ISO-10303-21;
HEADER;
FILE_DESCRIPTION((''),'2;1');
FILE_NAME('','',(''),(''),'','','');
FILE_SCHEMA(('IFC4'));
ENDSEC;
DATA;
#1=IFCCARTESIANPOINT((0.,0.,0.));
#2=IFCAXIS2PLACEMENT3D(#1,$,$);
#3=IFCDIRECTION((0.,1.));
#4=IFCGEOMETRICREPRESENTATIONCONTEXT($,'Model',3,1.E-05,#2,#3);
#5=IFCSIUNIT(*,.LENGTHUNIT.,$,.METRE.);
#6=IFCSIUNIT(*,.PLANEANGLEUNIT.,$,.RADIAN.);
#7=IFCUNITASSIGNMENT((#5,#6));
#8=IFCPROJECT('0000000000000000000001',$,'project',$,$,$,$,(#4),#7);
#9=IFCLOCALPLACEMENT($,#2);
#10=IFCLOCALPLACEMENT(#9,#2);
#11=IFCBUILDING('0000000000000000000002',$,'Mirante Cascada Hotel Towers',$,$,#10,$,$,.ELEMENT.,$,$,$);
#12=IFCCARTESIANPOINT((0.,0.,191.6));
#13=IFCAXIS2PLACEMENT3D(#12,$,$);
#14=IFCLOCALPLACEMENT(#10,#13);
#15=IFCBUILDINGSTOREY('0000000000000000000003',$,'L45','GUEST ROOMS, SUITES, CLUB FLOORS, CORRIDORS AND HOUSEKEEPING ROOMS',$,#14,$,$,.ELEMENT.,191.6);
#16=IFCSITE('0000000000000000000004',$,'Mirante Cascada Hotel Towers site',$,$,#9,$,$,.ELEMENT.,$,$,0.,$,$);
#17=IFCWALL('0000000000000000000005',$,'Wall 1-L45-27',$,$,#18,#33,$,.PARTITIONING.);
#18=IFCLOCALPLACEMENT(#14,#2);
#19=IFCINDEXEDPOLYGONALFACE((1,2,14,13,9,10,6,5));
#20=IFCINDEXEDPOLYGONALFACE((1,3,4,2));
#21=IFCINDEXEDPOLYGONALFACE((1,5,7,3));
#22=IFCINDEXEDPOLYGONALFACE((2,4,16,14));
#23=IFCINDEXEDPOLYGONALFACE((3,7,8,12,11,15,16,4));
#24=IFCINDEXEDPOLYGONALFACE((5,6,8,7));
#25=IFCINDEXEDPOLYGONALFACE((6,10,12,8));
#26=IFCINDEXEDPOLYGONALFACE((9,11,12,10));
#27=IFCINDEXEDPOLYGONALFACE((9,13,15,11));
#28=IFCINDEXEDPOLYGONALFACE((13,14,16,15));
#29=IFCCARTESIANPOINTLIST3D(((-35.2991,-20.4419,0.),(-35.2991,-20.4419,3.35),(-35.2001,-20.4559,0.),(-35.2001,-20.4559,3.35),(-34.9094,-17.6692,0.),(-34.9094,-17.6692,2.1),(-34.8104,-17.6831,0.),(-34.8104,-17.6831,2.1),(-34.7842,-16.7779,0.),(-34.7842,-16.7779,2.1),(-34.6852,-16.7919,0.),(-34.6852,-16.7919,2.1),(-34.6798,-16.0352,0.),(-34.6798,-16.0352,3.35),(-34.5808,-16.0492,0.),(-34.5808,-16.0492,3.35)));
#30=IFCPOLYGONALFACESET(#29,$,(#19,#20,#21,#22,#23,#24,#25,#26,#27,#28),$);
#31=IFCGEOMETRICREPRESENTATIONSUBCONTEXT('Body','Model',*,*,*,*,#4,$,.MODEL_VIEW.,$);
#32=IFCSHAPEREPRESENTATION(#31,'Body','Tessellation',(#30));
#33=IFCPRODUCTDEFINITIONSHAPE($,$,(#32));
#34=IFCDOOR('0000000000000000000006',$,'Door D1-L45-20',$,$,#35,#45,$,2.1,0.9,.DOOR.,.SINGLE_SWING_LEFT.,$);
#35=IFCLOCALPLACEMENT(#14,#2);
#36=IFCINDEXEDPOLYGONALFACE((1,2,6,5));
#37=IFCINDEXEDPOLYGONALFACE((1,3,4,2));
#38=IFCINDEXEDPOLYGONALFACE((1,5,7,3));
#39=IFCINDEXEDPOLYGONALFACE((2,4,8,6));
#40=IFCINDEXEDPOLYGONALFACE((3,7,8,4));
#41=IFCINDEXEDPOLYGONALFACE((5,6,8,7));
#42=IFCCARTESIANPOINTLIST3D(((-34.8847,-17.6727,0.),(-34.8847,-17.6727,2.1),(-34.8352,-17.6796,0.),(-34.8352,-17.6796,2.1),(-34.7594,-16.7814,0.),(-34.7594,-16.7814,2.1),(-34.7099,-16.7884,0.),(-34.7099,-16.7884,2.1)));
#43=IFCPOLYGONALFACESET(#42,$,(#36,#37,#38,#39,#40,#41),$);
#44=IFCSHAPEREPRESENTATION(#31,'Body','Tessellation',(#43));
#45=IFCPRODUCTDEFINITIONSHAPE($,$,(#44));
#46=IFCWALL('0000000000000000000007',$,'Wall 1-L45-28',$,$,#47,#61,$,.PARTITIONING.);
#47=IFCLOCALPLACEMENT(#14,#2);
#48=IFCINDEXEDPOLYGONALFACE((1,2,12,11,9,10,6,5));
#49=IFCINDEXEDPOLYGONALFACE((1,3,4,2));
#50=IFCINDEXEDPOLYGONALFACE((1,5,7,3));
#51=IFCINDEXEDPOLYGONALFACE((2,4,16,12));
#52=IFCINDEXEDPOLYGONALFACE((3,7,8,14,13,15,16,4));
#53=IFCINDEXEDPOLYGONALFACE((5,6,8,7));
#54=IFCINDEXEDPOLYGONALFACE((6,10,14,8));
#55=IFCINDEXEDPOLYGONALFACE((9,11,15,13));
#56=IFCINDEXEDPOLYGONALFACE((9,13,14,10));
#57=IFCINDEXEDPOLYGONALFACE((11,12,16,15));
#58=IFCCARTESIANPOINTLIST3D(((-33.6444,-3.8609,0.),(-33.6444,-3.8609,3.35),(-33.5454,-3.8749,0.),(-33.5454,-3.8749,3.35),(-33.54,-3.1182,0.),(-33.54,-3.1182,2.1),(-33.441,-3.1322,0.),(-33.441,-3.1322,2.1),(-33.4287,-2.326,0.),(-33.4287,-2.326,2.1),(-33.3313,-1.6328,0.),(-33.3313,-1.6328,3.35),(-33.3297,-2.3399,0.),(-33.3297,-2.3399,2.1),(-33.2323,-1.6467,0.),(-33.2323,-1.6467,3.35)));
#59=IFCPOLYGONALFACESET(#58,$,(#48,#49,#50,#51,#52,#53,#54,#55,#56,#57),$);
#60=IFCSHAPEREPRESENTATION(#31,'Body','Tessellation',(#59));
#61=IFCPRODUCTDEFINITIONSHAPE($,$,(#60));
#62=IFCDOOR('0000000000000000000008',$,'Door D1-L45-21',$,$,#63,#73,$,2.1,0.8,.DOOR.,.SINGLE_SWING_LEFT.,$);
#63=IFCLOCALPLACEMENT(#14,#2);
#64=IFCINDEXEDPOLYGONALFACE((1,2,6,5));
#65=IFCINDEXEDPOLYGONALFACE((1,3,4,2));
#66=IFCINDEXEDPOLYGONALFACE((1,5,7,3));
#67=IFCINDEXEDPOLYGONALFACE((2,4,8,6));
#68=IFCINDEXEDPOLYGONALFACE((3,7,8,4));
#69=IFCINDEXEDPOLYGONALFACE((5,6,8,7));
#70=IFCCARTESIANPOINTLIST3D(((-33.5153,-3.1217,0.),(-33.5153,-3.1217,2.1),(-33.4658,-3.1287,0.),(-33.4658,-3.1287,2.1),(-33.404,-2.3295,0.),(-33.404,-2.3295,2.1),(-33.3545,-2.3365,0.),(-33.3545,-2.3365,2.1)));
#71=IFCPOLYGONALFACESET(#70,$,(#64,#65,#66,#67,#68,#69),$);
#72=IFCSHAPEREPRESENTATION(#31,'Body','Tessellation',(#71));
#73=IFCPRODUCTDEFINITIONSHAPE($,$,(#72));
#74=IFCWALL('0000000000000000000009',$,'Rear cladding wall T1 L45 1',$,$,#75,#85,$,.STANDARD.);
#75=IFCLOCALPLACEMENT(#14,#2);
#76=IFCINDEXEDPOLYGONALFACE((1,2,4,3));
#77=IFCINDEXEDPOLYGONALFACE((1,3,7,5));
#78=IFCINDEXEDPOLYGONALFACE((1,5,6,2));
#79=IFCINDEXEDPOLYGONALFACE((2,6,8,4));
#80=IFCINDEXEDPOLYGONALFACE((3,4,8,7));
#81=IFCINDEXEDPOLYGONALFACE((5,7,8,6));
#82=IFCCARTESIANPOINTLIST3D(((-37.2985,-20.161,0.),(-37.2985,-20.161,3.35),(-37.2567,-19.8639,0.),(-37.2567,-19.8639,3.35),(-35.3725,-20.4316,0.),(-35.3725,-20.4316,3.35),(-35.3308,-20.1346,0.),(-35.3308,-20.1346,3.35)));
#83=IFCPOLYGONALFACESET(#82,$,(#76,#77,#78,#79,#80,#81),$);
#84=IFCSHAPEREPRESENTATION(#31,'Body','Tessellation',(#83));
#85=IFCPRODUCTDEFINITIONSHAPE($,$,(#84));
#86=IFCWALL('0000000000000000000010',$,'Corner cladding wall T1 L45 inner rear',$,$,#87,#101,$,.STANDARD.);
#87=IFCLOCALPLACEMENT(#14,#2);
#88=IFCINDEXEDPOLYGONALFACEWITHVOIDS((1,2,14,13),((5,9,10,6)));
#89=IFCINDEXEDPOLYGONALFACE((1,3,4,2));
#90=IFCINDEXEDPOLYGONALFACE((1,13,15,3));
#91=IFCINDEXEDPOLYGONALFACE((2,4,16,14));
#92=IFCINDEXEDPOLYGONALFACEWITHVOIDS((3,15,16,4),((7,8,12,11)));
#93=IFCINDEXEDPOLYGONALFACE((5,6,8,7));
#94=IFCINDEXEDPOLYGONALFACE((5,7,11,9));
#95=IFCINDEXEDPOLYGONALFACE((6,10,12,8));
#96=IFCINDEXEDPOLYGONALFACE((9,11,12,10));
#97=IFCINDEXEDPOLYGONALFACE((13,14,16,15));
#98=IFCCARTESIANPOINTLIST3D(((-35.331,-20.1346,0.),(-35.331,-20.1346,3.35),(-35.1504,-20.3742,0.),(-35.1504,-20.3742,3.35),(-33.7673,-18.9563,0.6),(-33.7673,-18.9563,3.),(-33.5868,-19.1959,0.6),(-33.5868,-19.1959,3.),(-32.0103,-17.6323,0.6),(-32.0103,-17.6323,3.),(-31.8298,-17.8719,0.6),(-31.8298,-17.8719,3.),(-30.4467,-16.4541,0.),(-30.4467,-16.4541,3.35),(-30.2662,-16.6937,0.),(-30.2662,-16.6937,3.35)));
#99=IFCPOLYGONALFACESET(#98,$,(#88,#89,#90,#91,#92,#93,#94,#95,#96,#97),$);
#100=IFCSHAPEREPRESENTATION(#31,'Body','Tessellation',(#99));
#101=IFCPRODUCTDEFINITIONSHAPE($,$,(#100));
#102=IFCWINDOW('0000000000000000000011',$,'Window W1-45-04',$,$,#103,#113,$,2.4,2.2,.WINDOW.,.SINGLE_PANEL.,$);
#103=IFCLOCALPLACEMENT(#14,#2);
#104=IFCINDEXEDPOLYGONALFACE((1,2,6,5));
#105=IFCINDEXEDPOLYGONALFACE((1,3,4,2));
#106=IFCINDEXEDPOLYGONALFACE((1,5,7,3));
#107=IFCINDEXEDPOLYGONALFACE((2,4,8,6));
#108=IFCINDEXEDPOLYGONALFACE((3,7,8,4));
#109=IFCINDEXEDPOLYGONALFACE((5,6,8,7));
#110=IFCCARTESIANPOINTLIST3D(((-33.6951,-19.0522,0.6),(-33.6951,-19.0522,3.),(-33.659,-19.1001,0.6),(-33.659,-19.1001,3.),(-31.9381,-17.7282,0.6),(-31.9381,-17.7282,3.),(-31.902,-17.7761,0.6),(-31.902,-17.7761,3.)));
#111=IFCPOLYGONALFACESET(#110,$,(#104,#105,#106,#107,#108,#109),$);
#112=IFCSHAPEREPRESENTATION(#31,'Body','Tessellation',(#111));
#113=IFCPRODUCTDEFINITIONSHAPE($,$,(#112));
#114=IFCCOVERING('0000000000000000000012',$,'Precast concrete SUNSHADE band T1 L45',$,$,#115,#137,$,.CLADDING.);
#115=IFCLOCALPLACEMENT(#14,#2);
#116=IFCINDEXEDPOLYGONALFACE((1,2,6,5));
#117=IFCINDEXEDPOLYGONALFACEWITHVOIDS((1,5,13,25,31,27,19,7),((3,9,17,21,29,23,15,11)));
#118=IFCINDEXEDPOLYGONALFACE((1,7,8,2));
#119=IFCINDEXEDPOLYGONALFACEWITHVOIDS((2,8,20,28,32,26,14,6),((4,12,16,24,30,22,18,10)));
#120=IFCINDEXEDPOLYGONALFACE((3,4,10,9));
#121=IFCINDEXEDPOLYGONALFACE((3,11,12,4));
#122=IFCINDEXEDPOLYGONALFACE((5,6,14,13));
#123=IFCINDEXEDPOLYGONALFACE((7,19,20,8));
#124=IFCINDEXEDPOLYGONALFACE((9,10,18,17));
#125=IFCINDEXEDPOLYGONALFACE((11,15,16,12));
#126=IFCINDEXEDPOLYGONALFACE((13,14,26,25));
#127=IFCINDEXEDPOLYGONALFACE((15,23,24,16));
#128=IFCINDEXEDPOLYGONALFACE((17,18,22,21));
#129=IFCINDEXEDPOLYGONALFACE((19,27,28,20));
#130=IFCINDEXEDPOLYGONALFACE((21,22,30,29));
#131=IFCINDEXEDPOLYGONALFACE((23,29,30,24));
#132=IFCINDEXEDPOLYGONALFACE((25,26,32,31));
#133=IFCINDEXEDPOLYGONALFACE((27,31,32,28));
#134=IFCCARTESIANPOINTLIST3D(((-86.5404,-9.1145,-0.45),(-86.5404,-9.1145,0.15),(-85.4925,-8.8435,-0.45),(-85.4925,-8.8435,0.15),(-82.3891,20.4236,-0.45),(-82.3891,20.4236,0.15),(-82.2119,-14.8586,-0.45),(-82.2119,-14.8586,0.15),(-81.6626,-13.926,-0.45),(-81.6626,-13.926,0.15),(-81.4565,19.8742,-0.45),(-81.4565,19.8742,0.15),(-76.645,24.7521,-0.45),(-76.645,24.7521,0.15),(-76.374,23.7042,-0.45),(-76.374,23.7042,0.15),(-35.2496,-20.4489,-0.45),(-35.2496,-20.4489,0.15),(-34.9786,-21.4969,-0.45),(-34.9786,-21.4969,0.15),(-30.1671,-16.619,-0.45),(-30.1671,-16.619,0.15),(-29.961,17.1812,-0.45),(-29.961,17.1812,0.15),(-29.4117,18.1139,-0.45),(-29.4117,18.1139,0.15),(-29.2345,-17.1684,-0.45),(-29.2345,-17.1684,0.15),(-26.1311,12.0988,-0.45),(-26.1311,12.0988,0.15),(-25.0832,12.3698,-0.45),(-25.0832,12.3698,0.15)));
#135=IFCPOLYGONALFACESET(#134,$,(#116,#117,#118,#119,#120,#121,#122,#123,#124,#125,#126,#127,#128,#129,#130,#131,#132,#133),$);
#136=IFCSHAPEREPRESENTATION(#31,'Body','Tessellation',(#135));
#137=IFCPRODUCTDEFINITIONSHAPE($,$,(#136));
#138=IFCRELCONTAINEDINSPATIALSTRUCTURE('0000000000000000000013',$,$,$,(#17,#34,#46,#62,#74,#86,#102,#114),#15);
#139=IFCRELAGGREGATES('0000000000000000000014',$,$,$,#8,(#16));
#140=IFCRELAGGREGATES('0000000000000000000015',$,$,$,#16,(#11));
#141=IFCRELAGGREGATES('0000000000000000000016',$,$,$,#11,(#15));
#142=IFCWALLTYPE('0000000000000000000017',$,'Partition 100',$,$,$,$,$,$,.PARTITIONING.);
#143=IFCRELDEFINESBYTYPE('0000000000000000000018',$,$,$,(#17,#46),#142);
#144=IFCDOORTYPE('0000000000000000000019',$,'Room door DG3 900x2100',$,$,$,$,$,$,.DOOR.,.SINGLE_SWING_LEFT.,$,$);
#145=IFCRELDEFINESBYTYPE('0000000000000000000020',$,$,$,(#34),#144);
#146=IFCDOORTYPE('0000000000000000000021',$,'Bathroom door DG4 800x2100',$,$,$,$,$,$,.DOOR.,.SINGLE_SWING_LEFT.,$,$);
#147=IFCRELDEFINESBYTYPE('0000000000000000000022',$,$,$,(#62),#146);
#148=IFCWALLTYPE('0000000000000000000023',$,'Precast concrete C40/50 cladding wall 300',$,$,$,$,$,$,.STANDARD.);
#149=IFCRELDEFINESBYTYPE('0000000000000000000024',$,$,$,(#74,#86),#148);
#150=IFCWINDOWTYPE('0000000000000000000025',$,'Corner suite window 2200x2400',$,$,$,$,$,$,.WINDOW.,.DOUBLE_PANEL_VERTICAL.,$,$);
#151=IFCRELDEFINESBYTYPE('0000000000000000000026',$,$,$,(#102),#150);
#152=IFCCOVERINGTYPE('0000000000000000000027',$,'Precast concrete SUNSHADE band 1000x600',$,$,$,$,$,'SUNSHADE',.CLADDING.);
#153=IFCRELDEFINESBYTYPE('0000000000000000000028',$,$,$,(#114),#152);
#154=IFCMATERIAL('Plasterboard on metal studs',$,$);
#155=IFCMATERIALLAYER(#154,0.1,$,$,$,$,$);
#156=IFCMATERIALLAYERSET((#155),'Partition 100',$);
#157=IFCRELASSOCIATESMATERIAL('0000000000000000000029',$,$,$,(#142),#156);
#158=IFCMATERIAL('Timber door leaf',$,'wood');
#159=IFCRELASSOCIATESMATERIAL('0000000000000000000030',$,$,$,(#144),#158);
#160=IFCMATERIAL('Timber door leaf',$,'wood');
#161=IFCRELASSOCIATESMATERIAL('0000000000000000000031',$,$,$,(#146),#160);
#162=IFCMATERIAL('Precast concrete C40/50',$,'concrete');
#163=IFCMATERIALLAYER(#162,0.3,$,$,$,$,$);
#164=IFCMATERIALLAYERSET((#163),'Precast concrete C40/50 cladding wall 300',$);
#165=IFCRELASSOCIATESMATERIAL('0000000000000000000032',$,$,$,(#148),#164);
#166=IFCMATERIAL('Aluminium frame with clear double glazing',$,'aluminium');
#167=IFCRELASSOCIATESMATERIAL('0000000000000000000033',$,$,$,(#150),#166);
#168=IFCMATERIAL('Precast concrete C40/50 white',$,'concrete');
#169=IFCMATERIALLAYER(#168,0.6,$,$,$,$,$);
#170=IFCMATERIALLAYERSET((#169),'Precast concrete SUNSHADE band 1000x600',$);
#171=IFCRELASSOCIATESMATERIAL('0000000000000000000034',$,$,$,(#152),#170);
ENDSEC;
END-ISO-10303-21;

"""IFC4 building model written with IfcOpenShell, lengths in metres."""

from ifc_helpers import new_model, si_unit, direction, frame, frame_2d, origin, place, context, subcontext, project, spatial, polyline, rectangle, outline, extrude, material, layer, layer_set, type_object, element, fill, save


model = new_model("IFC4")

# Units and contexts
model_context = context("Model", 3, precision=1e-05, world=origin(), true_north=direction((0.0, 1.0)))
body_context = subcontext(model_context, "Body", "Model", "MODEL_VIEW")
ifc_project = project(units=[si_unit("LENGTHUNIT", "METRE"), si_unit("PLANEANGLEUNIT", "RADIAN")], contexts=[model_context])

# Site, building, storey
site_placement = place(None, origin())
site = spatial("IfcSite", under=ifc_project, at=site_placement, Name="Mirante Cascada Hotel Towers site", CompositionType="ELEMENT", RefElevation=0.0)
building_placement = place(site_placement, origin())
building = spatial("IfcBuilding", under=site, at=building_placement, Name="Mirante Cascada Hotel Towers", CompositionType="ELEMENT")
storey_placement = place(building_placement, frame((0.0, 0.0, 191.6)))
storey = spatial("IfcBuildingStorey", under=building, at=storey_placement, Name="L45", Description="GUEST ROOMS, SUITES, CLUB FLOORS, CORRIDORS AND HOUSEKEEPING ROOMS", CompositionType="ELEMENT", Elevation=191.6)

# Shared definitions
ifc_material_1 = material(Name="Plasterboard on metal studs")
ifc_layer_1 = layer(ifc_material_1, 0.1)
ifc_layer_set_1 = layer_set([ifc_layer_1], Name="Partition 100")
wall_type_1 = type_object("IfcWallType", Name="Partition 100", PredefinedType="PARTITIONING", material=ifc_layer_set_1)

# Shared definitions
ifc_material_2 = material(Name="Timber door leaf", Category="wood")
door_type_1 = type_object("IfcDoorType", Name="Room door DG3 900x2100", OperationType="SINGLE_SWING_LEFT", PredefinedType="DOOR", material=ifc_material_2)

# Shared definitions
ifc_material_3 = material(Name="Timber door leaf", Category="wood")
door_type_2 = type_object("IfcDoorType", Name="Bathroom door DG4 800x2100", OperationType="SINGLE_SWING_LEFT", PredefinedType="DOOR", material=ifc_material_3)

# Walls, openings, doors
wall_1_placement = place(storey_placement, frame((-34.6303, -16.0422, 0.0), z_axis=(0.0, 0.0, 1.0), x_axis=(-0.139168, -0.990269, 0.0)))
wall_1 = element("IfcWall", 1, at=wall_1_placement, inside=storey, type_object=wall_type_1, Name="Wall 1-L45-27", PredefinedType="PARTITIONING", context=body_context, shape_type="SweptSolid", body=[
    extrude(rectangle(XDim=4.45, YDim=0.1, at=frame_2d((2.225, 0.0))), origin(), (0.0, 0.0, 1.0), 3.35),
])
opening_1_placement = place(wall_1_placement, frame((0.75, 0.0, 0.0)))
opening_1 = element("IfcOpeningElement", 2, at=opening_1_placement, cuts=wall_1, PredefinedType="OPENING", context=body_context, shape_type="SweptSolid", body=[
    extrude(rectangle(XDim=0.9, YDim=2.1, at=frame_2d((0.45, 1.05))), frame((0.0, 0.05, 0.0), z_axis=(0.0, -1.0, 0.0), x_axis=(1.0, 0.0, 0.0)), (0.0, 0.0, 1.0), 0.1),
])
door_1_placement = place(opening_1_placement, origin())
door_1 = element("IfcDoor", 3, at=door_1_placement, inside=storey, type_object=door_type_1, Name="Door D1-L45-20", OperationType="SINGLE_SWING_LEFT", OverallHeight=2.1, OverallWidth=0.9, PredefinedType="DOOR", context=body_context, shape_type="SweptSolid", body=[
    extrude(rectangle(XDim=0.9, YDim=2.1, at=frame_2d((0.45, 1.05))), frame((0.0, 0.025, 0.0), z_axis=(0.0, -1.0, 0.0), x_axis=(1.0, 0.0, 0.0)), (0.0, 0.0, 1.0), 0.05),
])
fill(opening_1, door_1)
wall_2_placement = place(storey_placement, frame((-33.5949, -3.8679, 0.0), z_axis=(0.0, 0.0, 1.0), x_axis=(0.139156, 0.990271, 0.0)))
wall_2 = element("IfcWall", 4, at=wall_2_placement, inside=storey, type_object=wall_type_1, Name="Wall 1-L45-28", PredefinedType="PARTITIONING", context=body_context, shape_type="SweptSolid", body=[
    extrude(rectangle(XDim=2.25, YDim=0.1, at=frame_2d((1.125, 0.0))), origin(), (0.0, 0.0, 1.0), 3.35),
])
opening_2_placement = place(wall_2_placement, frame((0.75, 0.0, 0.0)))
opening_2 = element("IfcOpeningElement", 5, at=opening_2_placement, cuts=wall_2, PredefinedType="OPENING", context=body_context, shape_type="SweptSolid", body=[
    extrude(rectangle(XDim=0.8, YDim=2.1, at=frame_2d((0.4, 1.05))), frame((0.0, 0.05, 0.0), z_axis=(0.0, -1.0, 0.0), x_axis=(1.0, 0.0, 0.0)), (0.0, 0.0, 1.0), 0.1),
])
door_2_placement = place(opening_2_placement, origin())
door_2 = element("IfcDoor", 6, at=door_2_placement, inside=storey, type_object=door_type_2, Name="Door D1-L45-21", OperationType="SINGLE_SWING_LEFT", OverallHeight=2.1, OverallWidth=0.8, PredefinedType="DOOR", context=body_context, shape_type="SweptSolid", body=[
    extrude(rectangle(XDim=0.8, YDim=2.1, at=frame_2d((0.4, 1.05))), frame((0.0, 0.025, 0.0), z_axis=(0.0, -1.0, 0.0), x_axis=(1.0, 0.0, 0.0)), (0.0, 0.0, 1.0), 0.05),
])
fill(opening_2, door_2)

# Wall
ifc_material_4 = material(Name="Precast concrete C40/50", Category="concrete")
ifc_layer_2 = layer(ifc_material_4, 0.3)
ifc_layer_set_2 = layer_set([ifc_layer_2], Name="Precast concrete C40/50 cladding wall 300")
wall_type_2 = type_object("IfcWallType", Name="Precast concrete C40/50 cladding wall 300", PredefinedType="STANDARD", material=ifc_layer_set_2)
wall_3_placement = place(storey_placement, frame((-35.3517, -20.2831, 0.0), z_axis=(0.0, 0.0, 1.0), x_axis=(-0.990267, 0.139182, 0.0)))
element("IfcWall", 7, at=wall_3_placement, inside=storey, type_object=wall_type_2, Name="Rear cladding wall T1 L45 1", PredefinedType="STANDARD", context=body_context, shape_type="SweptSolid", body=[
    extrude(rectangle(XDim=1.9449, YDim=0.3, at=frame_2d((0.9724, 0.0))), origin(), (0.0, 0.0, 1.0), 3.35),
])

# Wall, opening, window
wall_4_placement = place(storey_placement, frame((-30.3565, -16.5739, 0.0), z_axis=(0.0, 0.0, 1.0), x_axis=(-0.798636, -0.601814, 0.0)))
wall_4 = element("IfcWall", 8, at=wall_4_placement, inside=storey, type_object=wall_type_2, Name="Corner cladding wall T1 L45 inner rear", PredefinedType="STANDARD", context=body_context, shape_type="SweptSolid", body=[
    extrude(rectangle(XDim=6.1157, YDim=0.3, at=frame_2d((3.0578, 0.0))), origin(), (0.0, 0.0, 1.0), 3.35),
])
opening_3_placement = place(wall_4_placement, frame((1.9578, 0.0, 0.6)))
opening_3 = element("IfcOpeningElement", 9, at=opening_3_placement, cuts=wall_4, PredefinedType="OPENING", context=body_context, shape_type="SweptSolid", body=[
    extrude(rectangle(XDim=2.2, YDim=2.4, at=frame_2d((1.1, 1.2))), frame((0.0, 0.15, 0.0), z_axis=(0.0, -1.0, 0.0), x_axis=(1.0, 0.0, 0.0)), (0.0, 0.0, 1.0), 0.3),
])
ifc_material_5 = material(Name="Aluminium frame with clear double glazing", Category="aluminium")
window_type = type_object("IfcWindowType", Name="Corner suite window 2200x2400", PartitioningType="DOUBLE_PANEL_VERTICAL", PredefinedType="WINDOW", material=ifc_material_5)
window_placement = place(opening_3_placement, origin())
window = element("IfcWindow", 10, at=window_placement, inside=storey, type_object=window_type, Name="Window W1-45-04", OverallHeight=2.4, OverallWidth=2.2, PartitioningType="SINGLE_PANEL", PredefinedType="WINDOW", context=body_context, shape_type="SweptSolid", body=[
    extrude(rectangle(XDim=2.2, YDim=2.4, at=frame_2d((1.1, 1.2))), frame((0.0, 0.03, 0.0), z_axis=(0.0, -1.0, 0.0), x_axis=(1.0, 0.0, 0.0)), (0.0, 0.0, 1.0), 0.06),
])
fill(opening_3, window)

# Covering
ifc_material_6 = material(Name="Precast concrete C40/50 white", Category="concrete")
ifc_layer_3 = layer(ifc_material_6, 0.6)
ifc_layer_set_3 = layer_set([ifc_layer_3], Name="Precast concrete SUNSHADE band 1000x600")
covering_type = type_object("IfcCoveringType", Name="Precast concrete SUNSHADE band 1000x600", ElementType="SUNSHADE", PredefinedType="CLADDING", material=ifc_layer_set_3)
covering_placement = place(storey_placement, frame((0.0, 0.0, -0.45)))
element("IfcCovering", 11, at=covering_placement, inside=storey, type_object=covering_type, Name="Precast concrete SUNSHADE band T1 L45", PredefinedType="CLADDING", context=body_context, shape_type="SweptSolid", body=[
    extrude(outline(polyline([(-86.5404, -9.1145), (-82.3891, 20.4236), (-76.645, 24.7521), (-29.4117, 18.1139), (-25.0832, 12.3698), (-29.2345, -17.1684), (-34.9786, -21.4969), (-82.2119, -14.8586), (-86.5404, -9.1145)]), holes=[polyline([(-26.1311, 12.0988), (-29.961, 17.1812), (-76.374, 23.7042), (-81.4565, 19.8742), (-85.4925, -8.8435), (-81.6626, -13.926), (-35.2496, -20.4489), (-30.1671, -16.619), (-26.1311, 12.0988)])]), origin(), (0.0, 0.0, 1.0), 0.6),
])

save(model, "model.ifc")
